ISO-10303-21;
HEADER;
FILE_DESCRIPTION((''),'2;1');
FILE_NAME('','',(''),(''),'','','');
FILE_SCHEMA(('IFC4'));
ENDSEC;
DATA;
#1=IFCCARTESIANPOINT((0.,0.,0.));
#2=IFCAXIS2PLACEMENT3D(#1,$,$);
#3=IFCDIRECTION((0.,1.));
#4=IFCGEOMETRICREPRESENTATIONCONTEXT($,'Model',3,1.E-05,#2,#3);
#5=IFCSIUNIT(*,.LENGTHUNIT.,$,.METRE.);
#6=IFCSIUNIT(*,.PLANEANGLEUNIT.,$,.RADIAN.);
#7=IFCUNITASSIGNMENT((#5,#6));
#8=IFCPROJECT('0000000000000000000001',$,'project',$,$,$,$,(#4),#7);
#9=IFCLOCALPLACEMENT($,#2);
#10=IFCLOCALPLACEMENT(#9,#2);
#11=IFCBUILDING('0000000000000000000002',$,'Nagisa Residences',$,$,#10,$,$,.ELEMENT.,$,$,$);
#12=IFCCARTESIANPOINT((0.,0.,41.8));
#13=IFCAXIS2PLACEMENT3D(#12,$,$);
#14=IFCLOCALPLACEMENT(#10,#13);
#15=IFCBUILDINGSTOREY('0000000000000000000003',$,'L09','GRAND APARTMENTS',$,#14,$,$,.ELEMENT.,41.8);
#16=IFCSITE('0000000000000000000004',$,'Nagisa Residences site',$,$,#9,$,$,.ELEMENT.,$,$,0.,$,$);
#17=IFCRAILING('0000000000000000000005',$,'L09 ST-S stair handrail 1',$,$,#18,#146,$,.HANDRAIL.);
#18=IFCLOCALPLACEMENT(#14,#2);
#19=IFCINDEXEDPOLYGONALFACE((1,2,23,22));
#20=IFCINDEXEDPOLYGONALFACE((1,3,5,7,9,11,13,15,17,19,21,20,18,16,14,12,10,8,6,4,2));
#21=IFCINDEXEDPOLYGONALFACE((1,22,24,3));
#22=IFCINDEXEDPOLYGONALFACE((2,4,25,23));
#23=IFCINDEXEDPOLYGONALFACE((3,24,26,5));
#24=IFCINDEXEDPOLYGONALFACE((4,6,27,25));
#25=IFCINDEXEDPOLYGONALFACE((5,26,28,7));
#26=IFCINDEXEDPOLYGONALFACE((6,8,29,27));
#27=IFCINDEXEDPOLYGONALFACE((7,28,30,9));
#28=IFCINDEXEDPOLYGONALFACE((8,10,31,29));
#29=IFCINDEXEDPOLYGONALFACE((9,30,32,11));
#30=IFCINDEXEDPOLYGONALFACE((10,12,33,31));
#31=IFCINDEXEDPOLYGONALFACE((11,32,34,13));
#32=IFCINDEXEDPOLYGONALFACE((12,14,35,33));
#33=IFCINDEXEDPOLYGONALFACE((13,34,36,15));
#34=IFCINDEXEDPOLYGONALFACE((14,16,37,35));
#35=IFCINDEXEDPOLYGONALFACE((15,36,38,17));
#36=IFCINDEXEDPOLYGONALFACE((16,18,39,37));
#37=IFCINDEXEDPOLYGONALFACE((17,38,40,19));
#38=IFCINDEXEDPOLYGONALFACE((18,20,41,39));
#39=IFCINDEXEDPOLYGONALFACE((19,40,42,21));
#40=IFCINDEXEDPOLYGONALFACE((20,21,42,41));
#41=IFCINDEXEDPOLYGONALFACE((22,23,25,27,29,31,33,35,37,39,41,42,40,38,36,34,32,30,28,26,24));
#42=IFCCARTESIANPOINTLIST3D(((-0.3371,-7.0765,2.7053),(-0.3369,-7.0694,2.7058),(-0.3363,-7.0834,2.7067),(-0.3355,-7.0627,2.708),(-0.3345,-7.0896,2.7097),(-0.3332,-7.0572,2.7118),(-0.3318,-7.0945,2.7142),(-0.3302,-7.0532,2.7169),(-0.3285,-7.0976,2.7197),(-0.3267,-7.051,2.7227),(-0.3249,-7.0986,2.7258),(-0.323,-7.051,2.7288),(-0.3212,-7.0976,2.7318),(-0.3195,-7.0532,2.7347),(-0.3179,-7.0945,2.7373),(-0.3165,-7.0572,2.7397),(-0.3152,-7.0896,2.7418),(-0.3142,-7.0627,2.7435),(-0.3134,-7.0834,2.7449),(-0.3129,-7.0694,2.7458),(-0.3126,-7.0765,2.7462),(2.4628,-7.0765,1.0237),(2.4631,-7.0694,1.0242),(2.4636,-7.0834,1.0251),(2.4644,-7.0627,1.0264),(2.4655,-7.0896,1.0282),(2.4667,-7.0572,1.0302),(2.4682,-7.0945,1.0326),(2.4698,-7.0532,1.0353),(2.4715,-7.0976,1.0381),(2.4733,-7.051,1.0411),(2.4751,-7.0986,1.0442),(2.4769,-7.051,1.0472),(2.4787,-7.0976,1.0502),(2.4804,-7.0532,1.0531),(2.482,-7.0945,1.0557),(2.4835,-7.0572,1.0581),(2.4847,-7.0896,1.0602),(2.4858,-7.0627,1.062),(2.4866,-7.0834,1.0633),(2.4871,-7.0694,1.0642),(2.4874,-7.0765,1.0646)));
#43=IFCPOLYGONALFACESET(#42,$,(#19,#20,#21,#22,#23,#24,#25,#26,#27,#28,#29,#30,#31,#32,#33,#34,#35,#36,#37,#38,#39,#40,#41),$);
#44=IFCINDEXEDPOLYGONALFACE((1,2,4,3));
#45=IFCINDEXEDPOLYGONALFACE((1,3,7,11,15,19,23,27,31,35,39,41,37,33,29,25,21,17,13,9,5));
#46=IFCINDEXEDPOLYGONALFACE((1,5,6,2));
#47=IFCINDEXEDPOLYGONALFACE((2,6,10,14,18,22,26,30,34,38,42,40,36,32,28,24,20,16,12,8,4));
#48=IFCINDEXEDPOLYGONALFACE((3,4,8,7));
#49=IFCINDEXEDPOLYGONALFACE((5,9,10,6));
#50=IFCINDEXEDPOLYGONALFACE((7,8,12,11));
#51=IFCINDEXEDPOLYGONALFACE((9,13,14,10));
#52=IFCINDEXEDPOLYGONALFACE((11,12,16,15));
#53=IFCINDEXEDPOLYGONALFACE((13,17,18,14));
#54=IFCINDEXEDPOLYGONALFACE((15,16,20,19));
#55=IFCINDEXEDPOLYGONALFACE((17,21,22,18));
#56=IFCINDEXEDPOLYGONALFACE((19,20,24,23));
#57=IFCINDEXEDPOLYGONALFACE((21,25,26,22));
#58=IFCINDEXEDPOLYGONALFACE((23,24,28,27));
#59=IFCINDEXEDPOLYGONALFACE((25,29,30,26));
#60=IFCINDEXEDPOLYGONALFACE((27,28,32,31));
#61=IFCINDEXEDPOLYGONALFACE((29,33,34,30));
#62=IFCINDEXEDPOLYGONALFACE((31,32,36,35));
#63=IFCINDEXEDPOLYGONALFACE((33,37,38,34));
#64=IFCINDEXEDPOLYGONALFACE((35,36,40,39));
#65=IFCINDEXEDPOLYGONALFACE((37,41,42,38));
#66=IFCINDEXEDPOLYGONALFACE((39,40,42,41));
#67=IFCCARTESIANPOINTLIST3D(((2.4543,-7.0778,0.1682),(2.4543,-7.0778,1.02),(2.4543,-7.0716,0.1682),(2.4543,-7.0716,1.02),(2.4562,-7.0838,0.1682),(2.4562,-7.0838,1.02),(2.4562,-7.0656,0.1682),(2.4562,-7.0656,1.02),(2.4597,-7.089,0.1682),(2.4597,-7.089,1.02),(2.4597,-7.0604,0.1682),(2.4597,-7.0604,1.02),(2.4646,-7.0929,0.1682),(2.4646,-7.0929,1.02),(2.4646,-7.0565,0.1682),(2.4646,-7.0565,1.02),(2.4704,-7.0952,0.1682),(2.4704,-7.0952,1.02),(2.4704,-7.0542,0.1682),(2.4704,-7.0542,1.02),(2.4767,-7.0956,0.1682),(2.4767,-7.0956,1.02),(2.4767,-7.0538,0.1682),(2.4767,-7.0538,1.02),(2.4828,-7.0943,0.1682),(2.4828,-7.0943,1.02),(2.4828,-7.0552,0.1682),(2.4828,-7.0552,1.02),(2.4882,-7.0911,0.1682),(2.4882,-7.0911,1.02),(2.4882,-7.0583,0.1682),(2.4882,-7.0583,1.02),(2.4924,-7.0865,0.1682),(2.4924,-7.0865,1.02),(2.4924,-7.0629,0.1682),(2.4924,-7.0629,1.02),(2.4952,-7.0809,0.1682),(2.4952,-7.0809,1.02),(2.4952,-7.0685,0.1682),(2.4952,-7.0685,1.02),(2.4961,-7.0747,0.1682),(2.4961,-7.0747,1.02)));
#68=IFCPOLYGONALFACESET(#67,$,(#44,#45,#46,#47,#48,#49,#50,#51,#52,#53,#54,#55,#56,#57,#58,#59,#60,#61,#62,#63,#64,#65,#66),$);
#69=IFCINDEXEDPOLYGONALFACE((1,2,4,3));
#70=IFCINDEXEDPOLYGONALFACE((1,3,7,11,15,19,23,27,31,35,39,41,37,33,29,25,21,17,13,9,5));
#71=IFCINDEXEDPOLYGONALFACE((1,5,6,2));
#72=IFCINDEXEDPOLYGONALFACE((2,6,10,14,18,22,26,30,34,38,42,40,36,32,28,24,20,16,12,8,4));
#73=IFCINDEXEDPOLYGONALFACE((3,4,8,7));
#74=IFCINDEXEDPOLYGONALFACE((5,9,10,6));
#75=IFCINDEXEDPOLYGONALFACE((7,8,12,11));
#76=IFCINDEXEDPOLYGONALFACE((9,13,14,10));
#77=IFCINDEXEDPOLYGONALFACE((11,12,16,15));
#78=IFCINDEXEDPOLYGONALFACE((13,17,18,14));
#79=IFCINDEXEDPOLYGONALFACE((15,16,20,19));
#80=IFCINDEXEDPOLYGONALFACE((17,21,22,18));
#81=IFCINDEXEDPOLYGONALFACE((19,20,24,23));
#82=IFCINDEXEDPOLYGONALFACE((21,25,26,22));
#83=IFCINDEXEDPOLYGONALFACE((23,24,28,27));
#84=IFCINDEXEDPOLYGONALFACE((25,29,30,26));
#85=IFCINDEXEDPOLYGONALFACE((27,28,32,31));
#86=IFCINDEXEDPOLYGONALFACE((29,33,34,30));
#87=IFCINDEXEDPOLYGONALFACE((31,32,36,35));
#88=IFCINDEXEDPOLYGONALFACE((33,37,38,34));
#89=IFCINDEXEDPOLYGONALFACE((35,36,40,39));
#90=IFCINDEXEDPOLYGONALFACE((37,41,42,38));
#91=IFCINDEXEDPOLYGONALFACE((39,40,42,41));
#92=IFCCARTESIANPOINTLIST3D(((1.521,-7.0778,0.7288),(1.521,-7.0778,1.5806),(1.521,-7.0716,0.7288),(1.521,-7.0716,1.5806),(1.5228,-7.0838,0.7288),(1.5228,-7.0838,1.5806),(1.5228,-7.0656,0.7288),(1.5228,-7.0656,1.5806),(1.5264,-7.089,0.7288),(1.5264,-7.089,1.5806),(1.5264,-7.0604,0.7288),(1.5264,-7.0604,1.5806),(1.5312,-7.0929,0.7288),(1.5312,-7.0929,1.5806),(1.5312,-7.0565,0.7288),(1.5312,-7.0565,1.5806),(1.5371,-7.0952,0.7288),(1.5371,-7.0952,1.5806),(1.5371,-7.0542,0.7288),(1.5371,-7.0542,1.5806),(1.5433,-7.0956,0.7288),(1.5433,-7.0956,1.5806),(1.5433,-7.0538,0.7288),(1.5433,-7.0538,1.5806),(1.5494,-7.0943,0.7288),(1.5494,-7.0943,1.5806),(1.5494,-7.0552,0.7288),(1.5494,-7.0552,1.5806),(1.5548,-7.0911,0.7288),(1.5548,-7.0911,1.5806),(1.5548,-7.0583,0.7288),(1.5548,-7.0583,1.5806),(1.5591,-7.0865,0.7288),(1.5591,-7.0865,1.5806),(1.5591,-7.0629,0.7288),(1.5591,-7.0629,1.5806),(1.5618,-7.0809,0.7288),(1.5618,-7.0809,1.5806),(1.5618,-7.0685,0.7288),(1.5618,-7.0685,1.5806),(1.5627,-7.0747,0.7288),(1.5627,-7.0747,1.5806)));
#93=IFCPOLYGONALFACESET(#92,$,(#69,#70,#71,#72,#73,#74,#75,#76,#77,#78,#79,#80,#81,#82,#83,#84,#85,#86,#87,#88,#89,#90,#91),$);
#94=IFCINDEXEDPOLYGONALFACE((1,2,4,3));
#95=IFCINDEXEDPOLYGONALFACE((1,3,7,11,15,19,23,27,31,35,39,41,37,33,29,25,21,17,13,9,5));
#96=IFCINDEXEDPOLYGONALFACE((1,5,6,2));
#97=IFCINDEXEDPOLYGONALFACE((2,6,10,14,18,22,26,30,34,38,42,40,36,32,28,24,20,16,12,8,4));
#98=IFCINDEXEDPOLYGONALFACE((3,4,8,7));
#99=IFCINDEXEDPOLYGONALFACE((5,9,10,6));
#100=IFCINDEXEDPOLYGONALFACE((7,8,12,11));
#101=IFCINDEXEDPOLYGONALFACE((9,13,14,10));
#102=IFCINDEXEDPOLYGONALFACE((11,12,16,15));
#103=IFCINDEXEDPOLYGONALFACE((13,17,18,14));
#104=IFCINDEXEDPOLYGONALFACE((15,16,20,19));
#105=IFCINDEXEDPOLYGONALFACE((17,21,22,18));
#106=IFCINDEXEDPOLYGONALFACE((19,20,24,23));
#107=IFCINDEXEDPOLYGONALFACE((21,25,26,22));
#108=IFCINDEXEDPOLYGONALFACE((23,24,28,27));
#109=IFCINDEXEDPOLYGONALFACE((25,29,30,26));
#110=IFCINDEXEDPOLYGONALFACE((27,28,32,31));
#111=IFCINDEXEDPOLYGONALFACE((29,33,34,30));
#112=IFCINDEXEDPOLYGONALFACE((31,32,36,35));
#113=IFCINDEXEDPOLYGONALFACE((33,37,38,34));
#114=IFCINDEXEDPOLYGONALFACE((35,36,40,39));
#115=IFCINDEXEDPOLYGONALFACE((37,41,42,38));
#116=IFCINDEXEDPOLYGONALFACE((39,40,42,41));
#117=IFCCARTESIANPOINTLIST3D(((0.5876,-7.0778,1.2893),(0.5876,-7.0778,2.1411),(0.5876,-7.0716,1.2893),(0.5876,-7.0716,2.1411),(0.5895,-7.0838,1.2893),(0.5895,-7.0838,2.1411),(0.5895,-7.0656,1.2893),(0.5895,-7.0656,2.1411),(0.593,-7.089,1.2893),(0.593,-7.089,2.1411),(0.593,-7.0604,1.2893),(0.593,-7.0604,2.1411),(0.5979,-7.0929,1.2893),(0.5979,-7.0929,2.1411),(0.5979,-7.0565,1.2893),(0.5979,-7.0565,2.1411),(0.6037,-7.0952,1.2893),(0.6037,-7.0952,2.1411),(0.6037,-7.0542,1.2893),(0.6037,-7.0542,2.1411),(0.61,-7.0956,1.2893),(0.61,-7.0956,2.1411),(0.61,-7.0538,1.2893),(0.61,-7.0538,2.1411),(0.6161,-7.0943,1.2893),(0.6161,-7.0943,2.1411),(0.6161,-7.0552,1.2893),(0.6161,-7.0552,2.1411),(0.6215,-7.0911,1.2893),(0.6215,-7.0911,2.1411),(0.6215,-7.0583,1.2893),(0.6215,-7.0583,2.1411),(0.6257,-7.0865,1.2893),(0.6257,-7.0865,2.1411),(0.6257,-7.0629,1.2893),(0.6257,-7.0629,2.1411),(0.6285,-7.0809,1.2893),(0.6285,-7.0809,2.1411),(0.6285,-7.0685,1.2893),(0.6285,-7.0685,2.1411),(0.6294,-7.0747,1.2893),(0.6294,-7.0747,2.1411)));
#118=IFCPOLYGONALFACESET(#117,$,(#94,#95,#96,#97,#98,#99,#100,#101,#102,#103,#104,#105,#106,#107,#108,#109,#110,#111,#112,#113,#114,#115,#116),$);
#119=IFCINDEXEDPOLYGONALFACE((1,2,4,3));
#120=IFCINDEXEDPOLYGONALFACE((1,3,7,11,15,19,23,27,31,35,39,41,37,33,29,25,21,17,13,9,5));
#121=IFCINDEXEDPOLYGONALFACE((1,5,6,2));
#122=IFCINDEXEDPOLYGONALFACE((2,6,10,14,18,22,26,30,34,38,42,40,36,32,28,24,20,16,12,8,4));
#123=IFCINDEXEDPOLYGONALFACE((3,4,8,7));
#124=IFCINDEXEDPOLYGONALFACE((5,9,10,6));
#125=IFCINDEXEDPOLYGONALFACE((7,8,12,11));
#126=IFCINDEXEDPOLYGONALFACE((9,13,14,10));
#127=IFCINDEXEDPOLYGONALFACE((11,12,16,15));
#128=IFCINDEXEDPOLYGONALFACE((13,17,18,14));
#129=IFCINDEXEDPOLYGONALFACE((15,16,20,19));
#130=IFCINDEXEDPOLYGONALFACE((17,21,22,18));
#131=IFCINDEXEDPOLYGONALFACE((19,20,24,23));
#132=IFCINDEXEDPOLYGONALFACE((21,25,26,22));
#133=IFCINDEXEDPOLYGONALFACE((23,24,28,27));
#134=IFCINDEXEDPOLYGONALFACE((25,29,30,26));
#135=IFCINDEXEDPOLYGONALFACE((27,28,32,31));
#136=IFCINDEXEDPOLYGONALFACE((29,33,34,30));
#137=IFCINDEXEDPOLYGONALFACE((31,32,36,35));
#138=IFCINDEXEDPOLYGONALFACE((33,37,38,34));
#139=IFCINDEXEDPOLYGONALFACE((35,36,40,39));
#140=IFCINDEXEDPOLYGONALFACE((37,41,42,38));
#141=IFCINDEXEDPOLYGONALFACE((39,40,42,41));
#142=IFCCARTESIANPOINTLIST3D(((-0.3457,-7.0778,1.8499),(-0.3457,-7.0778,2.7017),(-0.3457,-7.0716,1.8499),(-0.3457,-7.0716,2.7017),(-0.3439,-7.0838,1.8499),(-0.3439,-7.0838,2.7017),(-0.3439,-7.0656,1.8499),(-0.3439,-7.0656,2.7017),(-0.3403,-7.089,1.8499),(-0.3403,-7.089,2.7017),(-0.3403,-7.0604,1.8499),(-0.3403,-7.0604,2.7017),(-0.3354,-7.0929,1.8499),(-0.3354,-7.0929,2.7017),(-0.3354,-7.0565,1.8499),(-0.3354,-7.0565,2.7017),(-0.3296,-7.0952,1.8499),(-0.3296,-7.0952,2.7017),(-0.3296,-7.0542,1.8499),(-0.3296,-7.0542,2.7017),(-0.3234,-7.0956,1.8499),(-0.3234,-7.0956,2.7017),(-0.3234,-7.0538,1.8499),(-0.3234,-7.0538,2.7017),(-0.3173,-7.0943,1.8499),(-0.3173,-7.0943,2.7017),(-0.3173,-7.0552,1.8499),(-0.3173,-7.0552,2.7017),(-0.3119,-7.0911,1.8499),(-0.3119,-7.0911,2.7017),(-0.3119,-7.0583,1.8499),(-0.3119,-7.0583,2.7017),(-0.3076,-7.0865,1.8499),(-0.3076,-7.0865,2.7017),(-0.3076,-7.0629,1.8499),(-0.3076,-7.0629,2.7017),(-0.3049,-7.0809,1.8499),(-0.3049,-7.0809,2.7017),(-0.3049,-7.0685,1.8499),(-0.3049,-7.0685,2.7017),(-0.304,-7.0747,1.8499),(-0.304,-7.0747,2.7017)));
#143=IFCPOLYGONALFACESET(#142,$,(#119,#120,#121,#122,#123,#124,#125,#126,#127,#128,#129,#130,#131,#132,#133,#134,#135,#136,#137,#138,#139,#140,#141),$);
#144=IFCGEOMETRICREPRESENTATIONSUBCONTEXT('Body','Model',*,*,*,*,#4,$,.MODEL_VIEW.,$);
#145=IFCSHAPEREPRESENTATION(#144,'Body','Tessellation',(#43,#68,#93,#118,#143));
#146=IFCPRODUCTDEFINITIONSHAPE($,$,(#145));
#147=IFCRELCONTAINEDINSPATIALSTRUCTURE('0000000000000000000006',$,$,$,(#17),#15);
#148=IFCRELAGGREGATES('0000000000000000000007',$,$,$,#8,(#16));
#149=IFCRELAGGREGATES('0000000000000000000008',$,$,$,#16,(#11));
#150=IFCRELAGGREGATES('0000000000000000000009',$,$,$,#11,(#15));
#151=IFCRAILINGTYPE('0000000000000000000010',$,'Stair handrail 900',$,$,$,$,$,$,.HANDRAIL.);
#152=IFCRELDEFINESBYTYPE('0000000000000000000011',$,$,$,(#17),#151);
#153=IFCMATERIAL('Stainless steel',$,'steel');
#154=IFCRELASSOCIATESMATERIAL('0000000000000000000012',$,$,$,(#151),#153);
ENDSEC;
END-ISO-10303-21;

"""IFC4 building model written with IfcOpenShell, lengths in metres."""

from ifc_helpers import new_model, si_unit, direction, frame, origin, origin_2d, place, context, subcontext, project, spatial, circle, extrude, material, type_object, element, save


model = new_model("IFC4")

# Units and contexts
model_context = context("Model", 3, precision=1e-05, world=origin(), true_north=direction((0.0, 1.0)))
body_context = subcontext(model_context, "Body", "Model", "MODEL_VIEW")
ifc_project = project(units=[si_unit("LENGTHUNIT", "METRE"), si_unit("PLANEANGLEUNIT", "RADIAN")], contexts=[model_context])

# Site, building, storey
site_placement = place(None, origin())
site = spatial("IfcSite", under=ifc_project, at=site_placement, Name="Nagisa Residences site", CompositionType="ELEMENT", RefElevation=0.0)
building_placement = place(site_placement, origin())
building = spatial("IfcBuilding", under=site, at=building_placement, Name="Nagisa Residences", CompositionType="ELEMENT")
storey_placement = place(building_placement, frame((0.0, 0.0, 41.8)))
storey = spatial("IfcBuildingStorey", under=building, at=storey_placement, Name="L09", Description="GRAND APARTMENTS", CompositionType="ELEMENT", Elevation=41.8)

# Railing
ifc_material_1 = material(Name="Stainless steel", Category="steel")
railing_type = type_object("IfcRailingType", Name="Stair handrail 900", PredefinedType="HANDRAIL", material=ifc_material_1)
railing_1_placement = place(storey_placement, frame((2.4751, -7.0747, 0.1682)))
element("IfcRailing", 1, at=railing_1_placement, inside=storey, type_object=railing_type, Name="L09 ST-S stair handrail 1", PredefinedType="HANDRAIL", context=body_context, shape_type="SweptSolid", body=[
    extrude(circle(Radius=0.0239, at=origin_2d()), frame((0.0, 0.0, 0.876), z_axis=(-0.857275, 0.0, 0.514858), x_axis=(0.0, -1.0, 0.0)), (0.0, 0.0, 1.0), 3.2661),
    extrude(circle(Radius=0.021, at=origin_2d()), origin(), (0.0, 0.0, 1.0), 0.8518),
    extrude(circle(Radius=0.021, at=origin_2d()), frame((-0.9333, 0.0, 0.5605)), (0.0, 0.0, 1.0), 0.8518),
    extrude(circle(Radius=0.021, at=origin_2d()), frame((-1.8667, 0.0, 1.1211)), (0.0, 0.0, 1.0), 0.8518),
    extrude(circle(Radius=0.021, at=origin_2d()), frame((-2.8, 0.0, 1.6816)), (0.0, 0.0, 1.0), 0.8518),
])

save(model, "model.ifc")
